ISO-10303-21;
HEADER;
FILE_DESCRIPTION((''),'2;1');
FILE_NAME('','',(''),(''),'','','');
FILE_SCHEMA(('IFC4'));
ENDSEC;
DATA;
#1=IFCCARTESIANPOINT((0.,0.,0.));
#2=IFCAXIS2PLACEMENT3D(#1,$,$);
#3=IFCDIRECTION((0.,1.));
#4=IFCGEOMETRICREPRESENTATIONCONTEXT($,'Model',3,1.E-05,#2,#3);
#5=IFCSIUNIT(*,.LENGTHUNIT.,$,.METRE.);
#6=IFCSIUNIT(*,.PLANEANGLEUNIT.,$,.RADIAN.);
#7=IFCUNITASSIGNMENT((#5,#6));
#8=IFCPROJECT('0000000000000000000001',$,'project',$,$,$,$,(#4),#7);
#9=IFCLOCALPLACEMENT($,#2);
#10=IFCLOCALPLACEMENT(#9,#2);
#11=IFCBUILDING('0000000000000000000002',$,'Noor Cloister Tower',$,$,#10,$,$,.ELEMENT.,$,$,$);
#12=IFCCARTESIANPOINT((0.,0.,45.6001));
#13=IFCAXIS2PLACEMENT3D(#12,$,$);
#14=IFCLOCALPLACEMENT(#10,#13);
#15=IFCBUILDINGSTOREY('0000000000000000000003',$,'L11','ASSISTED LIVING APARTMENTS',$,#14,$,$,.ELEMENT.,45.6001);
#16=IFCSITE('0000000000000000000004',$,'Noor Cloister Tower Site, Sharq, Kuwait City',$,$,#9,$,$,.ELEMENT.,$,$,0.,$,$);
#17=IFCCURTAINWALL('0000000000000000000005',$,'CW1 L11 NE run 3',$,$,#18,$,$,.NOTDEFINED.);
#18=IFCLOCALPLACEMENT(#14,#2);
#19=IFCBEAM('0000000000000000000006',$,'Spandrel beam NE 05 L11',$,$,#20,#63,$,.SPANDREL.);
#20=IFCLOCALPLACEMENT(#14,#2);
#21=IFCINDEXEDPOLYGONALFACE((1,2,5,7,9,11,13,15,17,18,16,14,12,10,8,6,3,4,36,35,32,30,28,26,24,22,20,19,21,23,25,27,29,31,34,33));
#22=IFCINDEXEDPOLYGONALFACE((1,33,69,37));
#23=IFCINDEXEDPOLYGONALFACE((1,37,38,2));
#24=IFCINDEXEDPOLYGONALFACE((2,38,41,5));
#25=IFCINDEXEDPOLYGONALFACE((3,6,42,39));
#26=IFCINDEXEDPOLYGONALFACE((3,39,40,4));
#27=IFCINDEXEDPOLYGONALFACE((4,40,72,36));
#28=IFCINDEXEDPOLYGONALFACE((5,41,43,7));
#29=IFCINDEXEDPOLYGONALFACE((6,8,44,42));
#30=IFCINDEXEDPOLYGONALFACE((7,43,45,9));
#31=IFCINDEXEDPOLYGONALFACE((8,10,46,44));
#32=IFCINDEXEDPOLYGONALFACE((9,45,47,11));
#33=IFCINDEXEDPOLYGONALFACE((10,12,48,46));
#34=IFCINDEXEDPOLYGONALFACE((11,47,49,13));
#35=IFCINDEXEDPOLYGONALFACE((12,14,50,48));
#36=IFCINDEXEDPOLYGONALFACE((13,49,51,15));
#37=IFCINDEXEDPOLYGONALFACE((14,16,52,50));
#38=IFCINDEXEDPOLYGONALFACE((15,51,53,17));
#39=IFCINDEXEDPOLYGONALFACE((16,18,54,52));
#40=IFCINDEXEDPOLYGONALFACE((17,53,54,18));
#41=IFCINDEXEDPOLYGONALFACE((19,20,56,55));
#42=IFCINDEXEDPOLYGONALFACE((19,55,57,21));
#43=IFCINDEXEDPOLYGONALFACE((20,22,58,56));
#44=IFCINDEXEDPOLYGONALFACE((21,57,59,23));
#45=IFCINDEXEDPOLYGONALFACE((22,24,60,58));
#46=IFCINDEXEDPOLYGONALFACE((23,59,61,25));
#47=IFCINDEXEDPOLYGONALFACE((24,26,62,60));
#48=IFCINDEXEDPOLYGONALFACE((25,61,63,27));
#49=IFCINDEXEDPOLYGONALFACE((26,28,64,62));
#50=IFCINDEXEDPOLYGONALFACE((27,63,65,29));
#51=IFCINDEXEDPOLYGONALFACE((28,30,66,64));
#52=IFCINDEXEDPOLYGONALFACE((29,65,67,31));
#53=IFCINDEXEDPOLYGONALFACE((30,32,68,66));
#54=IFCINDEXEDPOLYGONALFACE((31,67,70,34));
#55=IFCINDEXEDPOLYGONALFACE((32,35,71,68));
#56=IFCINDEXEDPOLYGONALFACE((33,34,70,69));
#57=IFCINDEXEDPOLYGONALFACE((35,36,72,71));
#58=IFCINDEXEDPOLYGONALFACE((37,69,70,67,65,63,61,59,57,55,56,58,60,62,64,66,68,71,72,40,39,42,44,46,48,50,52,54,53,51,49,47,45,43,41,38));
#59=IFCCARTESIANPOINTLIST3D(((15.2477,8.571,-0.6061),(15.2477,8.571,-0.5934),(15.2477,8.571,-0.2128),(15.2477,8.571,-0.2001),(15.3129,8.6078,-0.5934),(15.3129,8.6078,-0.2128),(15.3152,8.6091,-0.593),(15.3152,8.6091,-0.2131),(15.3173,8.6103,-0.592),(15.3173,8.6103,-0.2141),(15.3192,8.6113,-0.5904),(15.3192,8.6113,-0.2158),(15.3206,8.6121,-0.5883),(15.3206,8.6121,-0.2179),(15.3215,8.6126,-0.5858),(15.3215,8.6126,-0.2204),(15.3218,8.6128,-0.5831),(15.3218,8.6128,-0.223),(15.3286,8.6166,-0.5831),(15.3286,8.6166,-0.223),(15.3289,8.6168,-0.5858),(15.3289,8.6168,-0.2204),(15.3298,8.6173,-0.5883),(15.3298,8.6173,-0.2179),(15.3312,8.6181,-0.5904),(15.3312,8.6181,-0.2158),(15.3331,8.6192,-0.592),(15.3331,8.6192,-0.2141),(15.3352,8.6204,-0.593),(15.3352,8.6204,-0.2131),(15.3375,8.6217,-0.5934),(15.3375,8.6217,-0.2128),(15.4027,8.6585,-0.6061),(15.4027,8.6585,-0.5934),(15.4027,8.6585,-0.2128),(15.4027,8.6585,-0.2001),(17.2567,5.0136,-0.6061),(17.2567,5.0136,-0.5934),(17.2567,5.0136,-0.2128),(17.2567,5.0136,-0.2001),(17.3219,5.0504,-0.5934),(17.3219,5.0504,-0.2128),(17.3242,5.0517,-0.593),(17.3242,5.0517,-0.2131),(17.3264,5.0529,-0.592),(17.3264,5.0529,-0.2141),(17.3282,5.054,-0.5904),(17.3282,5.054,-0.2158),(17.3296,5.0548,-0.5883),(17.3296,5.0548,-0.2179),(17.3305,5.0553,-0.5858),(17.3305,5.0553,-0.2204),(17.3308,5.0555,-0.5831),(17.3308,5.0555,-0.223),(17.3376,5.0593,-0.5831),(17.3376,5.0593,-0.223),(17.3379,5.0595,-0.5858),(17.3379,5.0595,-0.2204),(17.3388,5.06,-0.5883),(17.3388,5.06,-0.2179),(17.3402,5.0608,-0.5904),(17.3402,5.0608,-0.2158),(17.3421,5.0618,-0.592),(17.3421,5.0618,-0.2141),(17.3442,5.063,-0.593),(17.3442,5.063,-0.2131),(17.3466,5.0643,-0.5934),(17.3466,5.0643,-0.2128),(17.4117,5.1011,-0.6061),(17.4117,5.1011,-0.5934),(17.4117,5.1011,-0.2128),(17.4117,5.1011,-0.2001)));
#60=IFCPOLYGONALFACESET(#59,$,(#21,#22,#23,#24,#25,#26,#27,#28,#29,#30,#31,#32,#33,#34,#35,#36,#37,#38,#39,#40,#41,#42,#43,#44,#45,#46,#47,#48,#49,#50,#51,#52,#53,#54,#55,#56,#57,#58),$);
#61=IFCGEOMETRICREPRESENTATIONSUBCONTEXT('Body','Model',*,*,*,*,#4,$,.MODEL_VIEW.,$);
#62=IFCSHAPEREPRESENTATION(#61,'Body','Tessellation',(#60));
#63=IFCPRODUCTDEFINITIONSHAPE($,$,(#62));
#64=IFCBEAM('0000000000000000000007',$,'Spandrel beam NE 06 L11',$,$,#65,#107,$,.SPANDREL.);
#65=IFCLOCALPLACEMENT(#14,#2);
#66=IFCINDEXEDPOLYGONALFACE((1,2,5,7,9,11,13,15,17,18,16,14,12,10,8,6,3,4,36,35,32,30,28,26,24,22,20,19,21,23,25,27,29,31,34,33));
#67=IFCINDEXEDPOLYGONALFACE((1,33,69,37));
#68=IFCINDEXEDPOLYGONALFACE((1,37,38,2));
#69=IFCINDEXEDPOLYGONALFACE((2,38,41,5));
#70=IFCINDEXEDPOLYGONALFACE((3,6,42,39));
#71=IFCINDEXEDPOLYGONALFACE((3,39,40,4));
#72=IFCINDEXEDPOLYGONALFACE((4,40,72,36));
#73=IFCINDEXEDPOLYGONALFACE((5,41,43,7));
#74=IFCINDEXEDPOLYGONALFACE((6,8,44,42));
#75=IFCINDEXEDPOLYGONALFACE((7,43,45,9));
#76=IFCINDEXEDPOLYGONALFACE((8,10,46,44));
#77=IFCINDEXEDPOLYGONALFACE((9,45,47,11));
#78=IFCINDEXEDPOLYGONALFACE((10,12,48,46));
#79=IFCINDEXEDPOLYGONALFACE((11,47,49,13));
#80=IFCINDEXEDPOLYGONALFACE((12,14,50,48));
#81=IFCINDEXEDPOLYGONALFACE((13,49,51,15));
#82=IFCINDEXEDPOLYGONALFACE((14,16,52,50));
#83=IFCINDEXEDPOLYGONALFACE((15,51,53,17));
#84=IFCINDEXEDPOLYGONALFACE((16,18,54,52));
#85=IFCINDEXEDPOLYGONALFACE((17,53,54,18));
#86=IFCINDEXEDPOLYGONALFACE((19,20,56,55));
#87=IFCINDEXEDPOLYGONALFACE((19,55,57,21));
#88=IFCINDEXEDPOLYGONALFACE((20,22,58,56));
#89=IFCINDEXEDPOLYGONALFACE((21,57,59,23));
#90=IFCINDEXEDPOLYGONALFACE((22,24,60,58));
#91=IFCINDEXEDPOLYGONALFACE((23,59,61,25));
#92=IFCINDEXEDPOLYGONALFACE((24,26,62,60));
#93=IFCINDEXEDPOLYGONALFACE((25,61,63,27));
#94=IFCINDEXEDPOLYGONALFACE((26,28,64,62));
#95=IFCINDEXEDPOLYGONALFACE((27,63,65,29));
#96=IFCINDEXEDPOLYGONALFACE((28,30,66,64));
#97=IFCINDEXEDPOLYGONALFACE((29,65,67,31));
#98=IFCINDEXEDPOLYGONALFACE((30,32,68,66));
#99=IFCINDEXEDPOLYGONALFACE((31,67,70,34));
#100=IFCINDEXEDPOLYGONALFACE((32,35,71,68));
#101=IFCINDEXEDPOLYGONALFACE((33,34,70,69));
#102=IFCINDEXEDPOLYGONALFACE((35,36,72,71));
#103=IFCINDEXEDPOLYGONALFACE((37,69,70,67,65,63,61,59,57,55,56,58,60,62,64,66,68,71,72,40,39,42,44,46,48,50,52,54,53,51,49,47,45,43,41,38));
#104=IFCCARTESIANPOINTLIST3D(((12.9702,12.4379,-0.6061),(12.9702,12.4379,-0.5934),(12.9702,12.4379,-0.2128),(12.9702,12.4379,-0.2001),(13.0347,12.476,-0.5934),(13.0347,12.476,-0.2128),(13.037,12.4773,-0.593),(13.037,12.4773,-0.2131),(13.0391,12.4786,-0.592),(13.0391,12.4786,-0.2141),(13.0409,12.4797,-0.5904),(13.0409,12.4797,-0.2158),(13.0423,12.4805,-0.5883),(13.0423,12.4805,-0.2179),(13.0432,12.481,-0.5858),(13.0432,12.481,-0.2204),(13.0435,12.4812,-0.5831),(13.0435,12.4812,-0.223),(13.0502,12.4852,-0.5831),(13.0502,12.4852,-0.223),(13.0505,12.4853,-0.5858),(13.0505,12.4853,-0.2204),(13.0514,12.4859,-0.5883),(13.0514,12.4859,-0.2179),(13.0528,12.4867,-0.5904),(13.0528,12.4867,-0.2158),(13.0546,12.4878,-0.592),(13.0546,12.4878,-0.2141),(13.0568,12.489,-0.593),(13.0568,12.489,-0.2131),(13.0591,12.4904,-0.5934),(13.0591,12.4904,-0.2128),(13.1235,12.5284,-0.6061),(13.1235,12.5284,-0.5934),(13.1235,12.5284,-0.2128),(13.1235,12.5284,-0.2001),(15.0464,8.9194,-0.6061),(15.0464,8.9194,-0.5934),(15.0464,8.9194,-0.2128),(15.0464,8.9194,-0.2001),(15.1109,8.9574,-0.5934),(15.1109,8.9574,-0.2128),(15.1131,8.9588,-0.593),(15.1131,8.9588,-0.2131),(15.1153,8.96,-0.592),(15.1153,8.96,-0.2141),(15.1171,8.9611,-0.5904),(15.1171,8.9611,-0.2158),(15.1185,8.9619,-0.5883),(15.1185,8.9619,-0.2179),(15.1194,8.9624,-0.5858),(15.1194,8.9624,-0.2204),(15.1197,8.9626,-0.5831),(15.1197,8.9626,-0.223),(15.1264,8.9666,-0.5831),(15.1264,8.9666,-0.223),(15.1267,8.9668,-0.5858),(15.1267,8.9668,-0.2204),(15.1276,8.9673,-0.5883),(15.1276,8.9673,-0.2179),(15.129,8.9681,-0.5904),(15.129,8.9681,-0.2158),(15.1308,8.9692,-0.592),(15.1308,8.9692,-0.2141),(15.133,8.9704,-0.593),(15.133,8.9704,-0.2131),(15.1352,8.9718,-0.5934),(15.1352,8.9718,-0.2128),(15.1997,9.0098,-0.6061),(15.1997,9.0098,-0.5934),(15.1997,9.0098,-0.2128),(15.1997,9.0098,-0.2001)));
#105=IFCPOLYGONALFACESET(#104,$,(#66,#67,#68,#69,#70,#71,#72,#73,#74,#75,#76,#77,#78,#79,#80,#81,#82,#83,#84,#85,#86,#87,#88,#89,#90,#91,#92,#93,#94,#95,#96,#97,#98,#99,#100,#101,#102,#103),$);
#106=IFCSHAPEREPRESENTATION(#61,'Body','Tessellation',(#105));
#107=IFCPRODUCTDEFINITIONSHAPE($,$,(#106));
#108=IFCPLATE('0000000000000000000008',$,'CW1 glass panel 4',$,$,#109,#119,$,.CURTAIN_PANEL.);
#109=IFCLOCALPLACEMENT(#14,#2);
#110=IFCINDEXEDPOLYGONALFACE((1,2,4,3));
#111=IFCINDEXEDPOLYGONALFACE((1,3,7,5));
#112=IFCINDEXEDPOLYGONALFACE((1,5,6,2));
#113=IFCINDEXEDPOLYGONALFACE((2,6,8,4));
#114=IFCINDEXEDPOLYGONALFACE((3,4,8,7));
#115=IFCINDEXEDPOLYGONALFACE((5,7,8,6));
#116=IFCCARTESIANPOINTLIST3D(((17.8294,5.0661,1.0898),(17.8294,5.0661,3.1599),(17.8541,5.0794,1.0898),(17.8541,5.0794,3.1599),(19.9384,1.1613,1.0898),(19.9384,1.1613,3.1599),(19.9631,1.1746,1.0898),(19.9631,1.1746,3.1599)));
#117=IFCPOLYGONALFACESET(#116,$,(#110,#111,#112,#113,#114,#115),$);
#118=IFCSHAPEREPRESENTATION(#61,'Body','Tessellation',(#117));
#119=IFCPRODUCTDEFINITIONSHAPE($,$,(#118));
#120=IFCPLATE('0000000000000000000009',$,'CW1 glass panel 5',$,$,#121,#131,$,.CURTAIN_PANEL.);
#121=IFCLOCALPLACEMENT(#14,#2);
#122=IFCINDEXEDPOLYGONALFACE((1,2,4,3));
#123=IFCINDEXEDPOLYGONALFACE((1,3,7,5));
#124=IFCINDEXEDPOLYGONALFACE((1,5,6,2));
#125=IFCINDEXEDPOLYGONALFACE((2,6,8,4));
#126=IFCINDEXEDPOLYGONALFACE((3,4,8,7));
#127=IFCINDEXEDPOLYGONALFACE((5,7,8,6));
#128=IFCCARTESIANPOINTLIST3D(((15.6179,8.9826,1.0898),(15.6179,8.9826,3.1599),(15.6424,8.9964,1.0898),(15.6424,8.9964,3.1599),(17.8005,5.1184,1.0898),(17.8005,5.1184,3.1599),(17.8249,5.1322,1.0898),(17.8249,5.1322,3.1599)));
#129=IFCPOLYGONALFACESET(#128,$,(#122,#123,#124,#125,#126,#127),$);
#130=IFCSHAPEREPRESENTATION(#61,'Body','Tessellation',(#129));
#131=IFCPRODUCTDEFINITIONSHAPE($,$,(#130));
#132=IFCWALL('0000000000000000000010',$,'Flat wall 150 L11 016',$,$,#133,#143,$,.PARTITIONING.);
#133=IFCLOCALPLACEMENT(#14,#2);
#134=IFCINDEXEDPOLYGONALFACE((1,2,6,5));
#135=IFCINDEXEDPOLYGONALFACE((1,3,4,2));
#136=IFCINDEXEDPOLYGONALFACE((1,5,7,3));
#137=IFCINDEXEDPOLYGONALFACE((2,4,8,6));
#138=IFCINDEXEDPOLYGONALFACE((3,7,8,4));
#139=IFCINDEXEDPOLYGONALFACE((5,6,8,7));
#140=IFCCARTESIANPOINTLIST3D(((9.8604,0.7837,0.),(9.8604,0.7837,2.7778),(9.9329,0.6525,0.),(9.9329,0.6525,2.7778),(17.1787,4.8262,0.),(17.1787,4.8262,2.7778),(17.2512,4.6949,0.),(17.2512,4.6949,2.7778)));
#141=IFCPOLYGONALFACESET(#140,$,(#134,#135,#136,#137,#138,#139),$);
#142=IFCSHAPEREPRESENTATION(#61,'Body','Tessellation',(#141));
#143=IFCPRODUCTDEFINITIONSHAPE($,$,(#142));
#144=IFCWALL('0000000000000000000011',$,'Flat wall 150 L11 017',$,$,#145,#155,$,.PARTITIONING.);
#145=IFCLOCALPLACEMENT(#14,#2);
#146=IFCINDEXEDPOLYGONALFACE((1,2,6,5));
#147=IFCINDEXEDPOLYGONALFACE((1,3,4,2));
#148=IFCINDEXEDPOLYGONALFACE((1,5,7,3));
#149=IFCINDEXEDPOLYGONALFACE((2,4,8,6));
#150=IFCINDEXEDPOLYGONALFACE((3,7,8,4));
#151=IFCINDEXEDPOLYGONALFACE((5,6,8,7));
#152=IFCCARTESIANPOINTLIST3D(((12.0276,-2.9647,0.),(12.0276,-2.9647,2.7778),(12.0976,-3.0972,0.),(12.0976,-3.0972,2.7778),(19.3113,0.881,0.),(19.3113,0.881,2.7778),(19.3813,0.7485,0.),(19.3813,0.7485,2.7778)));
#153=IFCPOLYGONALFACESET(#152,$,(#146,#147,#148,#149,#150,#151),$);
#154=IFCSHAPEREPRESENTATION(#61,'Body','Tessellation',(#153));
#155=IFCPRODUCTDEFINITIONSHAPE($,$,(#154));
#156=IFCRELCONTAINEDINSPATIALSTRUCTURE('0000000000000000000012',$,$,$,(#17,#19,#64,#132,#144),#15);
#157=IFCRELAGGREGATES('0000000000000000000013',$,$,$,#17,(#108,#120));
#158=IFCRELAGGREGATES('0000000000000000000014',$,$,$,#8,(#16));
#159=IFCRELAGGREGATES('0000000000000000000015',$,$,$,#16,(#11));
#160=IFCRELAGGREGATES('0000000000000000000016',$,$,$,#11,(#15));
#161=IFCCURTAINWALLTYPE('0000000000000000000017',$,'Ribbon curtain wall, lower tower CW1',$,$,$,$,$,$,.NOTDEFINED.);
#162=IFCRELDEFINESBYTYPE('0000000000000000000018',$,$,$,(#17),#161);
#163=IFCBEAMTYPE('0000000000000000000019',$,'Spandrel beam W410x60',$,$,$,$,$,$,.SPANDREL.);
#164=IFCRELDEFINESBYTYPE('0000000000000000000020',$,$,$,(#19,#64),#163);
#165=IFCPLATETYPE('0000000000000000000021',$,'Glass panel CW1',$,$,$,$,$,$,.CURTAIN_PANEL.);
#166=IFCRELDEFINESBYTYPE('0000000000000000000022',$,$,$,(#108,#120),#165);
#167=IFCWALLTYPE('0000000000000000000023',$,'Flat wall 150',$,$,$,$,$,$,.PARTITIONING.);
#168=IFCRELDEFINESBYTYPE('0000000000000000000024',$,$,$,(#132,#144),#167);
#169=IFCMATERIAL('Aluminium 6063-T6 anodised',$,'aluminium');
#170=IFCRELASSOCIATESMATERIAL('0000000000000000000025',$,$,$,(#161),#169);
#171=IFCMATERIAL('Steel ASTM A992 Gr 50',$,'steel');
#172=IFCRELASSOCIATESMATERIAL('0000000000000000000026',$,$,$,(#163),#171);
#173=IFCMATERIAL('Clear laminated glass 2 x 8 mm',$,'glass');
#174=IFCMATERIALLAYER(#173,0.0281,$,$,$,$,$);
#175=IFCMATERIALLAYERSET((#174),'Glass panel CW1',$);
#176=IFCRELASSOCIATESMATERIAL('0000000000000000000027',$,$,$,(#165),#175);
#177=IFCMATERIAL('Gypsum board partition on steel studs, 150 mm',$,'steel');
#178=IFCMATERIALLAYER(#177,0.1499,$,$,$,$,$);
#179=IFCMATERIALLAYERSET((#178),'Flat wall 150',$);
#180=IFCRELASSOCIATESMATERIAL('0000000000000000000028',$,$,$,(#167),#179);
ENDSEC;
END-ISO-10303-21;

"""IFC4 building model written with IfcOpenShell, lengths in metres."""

from ifc_helpers import new_model, si_unit, direction, frame, frame_2d, origin, origin_2d, place, context, subcontext, project, spatial, rectangle, i_section, extrude, material, layer, layer_set, material_profile, profile_set, type_object, element, aggregate, save


model = new_model("IFC4")

# Units and contexts
model_context = context("Model", 3, precision=1e-05, world=origin(), true_north=direction((0.0, 1.0)))
body_context = subcontext(model_context, "Body", "Model", "MODEL_VIEW")
ifc_project = project(units=[si_unit("LENGTHUNIT", "METRE"), si_unit("PLANEANGLEUNIT", "RADIAN")], contexts=[model_context])

# Site, building, storey
site_placement = place(None, origin())
site = spatial("IfcSite", under=ifc_project, at=site_placement, Name="Noor Cloister Tower Site, Sharq, Kuwait City", CompositionType="ELEMENT", RefElevation=0.0)
building_placement = place(site_placement, origin())
building = spatial("IfcBuilding", under=site, at=building_placement, Name="Noor Cloister Tower", CompositionType="ELEMENT")
storey_placement = place(building_placement, frame((0.0, 0.0, 45.6001)))
storey = spatial("IfcBuildingStorey", under=building, at=storey_placement, Name="L11", Description="ASSISTED LIVING APARTMENTS", CompositionType="ELEMENT", Elevation=45.6001)

# Curtain wall
ifc_material_1 = material(Name="Aluminium 6063-T6 anodised", Category="aluminium")
curtain_wall_type = type_object("IfcCurtainWallType", Name="Ribbon curtain wall, lower tower CW1", PredefinedType="NOTDEFINED", material=ifc_material_1)
curtain_wall_placement = place(storey_placement, origin())
curtain_wall = element("IfcCurtainWall", 1, at=curtain_wall_placement, inside=storey, type_object=curtain_wall_type, Name="CW1 L11 NE run 3", PredefinedType="NOTDEFINED")

# Beams
ifc_material_2 = material(Name="Steel ASTM A992 Gr 50", Category="steel")
ifc_material_profile_1 = material_profile(ifc_material_2, i_section(OverallWidth=0.178, OverallDepth=0.406, WebThickness=0.0078, FlangeThickness=0.0127, FilletRadius=0.0103, at=origin_2d()), Name="W410x60")
ifc_profile_set_1 = profile_set([ifc_material_profile_1], Name="Steel ASTM A992 Gr 50")
beam_type_1 = type_object("IfcBeamType", Name="Spandrel beam W410x60", PredefinedType="SPANDREL", material=ifc_profile_set_1)
for number, where, z_axis, x_axis, name in (
    (2, (17.3342, 5.0574, -0.4031), (-0.49175, 0.870736, 0.0), (-0.870736, -0.49175, 0.0), "Spandrel beam NE 05 L11"),
    (3, (15.123, 8.9646, -0.4031), (-0.50819, 0.861245, 0.0), (-0.861245, -0.50819, 0.0), "Spandrel beam NE 06 L11"),
):
    element("IfcBeam", number, at=place(storey_placement, frame(where, z_axis=z_axis, x_axis=x_axis)), inside=storey, type_object=beam_type_1, Name=name, PredefinedType="SPANDREL", context=body_context, shape_type="SweptSolid", body=[
        extrude(i_section(OverallWidth=0.178, OverallDepth=0.406, WebThickness=0.0078, FlangeThickness=0.0127, FilletRadius=0.0103, at=origin_2d()), origin(), (0.0, 0.0, 1.0), 4.0854),
    ])

# Plates
ifc_material_3 = material(Name="Clear laminated glass 2 x 8 mm", Category="glass")
ifc_layer_1 = layer(ifc_material_3, 0.0281)
ifc_layer_set_1 = layer_set([ifc_layer_1], Name="Glass panel CW1")
plate_type = type_object("IfcPlateType", Name="Glass panel CW1", PredefinedType="CURTAIN_PANEL", material=ifc_layer_set_1)
plate_1_placement = place(storey_placement, frame((18.8962, 3.1204, 1.0898), z_axis=(0.0, 0.0, 1.0), x_axis=(-0.47523, 0.879862, 0.0)))
plate_1 = element("IfcPlate", 4, at=plate_1_placement, type_object=plate_type, Name="CW1 glass panel 4", PredefinedType="CURTAIN_PANEL", context=body_context, shape_type="SweptSolid", body=[
    extrude(rectangle(XDim=4.438, YDim=0.0281, at=origin_2d()), origin(), (0.0, 0.0, 1.0), 2.0701),
])
plate_2_placement = place(storey_placement, frame((16.7214, 7.0574, 1.0898), z_axis=(0.0, 0.0, 1.0), x_axis=(-0.491787, 0.870716, 0.0)))
plate_2 = element("IfcPlate", 5, at=plate_2_placement, type_object=plate_type, Name="CW1 glass panel 5", PredefinedType="CURTAIN_PANEL", context=body_context, shape_type="SweptSolid", body=[
    extrude(rectangle(XDim=4.438, YDim=0.0281, at=origin_2d()), origin(), (0.0, 0.0, 1.0), 2.0701),
])
aggregate(curtain_wall, [plate_1, plate_2])

# Walls
ifc_material_4 = material(Name="Gypsum board partition on steel studs, 150 mm", Category="steel")
ifc_layer_2 = layer(ifc_material_4, 0.1499)
ifc_layer_set_2 = layer_set([ifc_layer_2], Name="Flat wall 150")
wall_type_1 = type_object("IfcWallType", Name="Flat wall 150", PredefinedType="PARTITIONING", material=ifc_layer_set_2)
wall_1_placement = place(storey_placement, frame((17.2148, 4.7605, 0.0), z_axis=(0.0, 0.0, 1.0), x_axis=(-0.875337, -0.483514, 0.0)))
element("IfcWall", 6, at=wall_1_placement, inside=storey, type_object=wall_type_1, Name="Flat wall 150 L11 016", PredefinedType="PARTITIONING", context=body_context, shape_type="SweptSolid", body=[
    extrude(rectangle(XDim=8.3606, YDim=0.1499, at=frame_2d((4.1802, 0.0))), origin(), (0.0, 0.0, 1.0), 2.7778),
])
wall_2_placement = place(storey_placement, frame((19.3462, 0.8147, 0.0), z_axis=(0.0, 0.0, 1.0), x_axis=(-0.884308, -0.466904, 0.0)))
element("IfcWall", 7, at=wall_2_placement, inside=storey, type_object=wall_type_1, Name="Flat wall 150 L11 017", PredefinedType="PARTITIONING", context=body_context, shape_type="SweptSolid", body=[
    extrude(rectangle(XDim=8.2366, YDim=0.1499, at=frame_2d((4.1182, 0.0))), origin(), (0.0, 0.0, 1.0), 2.7778),
])

save(model, "model.ifc")
